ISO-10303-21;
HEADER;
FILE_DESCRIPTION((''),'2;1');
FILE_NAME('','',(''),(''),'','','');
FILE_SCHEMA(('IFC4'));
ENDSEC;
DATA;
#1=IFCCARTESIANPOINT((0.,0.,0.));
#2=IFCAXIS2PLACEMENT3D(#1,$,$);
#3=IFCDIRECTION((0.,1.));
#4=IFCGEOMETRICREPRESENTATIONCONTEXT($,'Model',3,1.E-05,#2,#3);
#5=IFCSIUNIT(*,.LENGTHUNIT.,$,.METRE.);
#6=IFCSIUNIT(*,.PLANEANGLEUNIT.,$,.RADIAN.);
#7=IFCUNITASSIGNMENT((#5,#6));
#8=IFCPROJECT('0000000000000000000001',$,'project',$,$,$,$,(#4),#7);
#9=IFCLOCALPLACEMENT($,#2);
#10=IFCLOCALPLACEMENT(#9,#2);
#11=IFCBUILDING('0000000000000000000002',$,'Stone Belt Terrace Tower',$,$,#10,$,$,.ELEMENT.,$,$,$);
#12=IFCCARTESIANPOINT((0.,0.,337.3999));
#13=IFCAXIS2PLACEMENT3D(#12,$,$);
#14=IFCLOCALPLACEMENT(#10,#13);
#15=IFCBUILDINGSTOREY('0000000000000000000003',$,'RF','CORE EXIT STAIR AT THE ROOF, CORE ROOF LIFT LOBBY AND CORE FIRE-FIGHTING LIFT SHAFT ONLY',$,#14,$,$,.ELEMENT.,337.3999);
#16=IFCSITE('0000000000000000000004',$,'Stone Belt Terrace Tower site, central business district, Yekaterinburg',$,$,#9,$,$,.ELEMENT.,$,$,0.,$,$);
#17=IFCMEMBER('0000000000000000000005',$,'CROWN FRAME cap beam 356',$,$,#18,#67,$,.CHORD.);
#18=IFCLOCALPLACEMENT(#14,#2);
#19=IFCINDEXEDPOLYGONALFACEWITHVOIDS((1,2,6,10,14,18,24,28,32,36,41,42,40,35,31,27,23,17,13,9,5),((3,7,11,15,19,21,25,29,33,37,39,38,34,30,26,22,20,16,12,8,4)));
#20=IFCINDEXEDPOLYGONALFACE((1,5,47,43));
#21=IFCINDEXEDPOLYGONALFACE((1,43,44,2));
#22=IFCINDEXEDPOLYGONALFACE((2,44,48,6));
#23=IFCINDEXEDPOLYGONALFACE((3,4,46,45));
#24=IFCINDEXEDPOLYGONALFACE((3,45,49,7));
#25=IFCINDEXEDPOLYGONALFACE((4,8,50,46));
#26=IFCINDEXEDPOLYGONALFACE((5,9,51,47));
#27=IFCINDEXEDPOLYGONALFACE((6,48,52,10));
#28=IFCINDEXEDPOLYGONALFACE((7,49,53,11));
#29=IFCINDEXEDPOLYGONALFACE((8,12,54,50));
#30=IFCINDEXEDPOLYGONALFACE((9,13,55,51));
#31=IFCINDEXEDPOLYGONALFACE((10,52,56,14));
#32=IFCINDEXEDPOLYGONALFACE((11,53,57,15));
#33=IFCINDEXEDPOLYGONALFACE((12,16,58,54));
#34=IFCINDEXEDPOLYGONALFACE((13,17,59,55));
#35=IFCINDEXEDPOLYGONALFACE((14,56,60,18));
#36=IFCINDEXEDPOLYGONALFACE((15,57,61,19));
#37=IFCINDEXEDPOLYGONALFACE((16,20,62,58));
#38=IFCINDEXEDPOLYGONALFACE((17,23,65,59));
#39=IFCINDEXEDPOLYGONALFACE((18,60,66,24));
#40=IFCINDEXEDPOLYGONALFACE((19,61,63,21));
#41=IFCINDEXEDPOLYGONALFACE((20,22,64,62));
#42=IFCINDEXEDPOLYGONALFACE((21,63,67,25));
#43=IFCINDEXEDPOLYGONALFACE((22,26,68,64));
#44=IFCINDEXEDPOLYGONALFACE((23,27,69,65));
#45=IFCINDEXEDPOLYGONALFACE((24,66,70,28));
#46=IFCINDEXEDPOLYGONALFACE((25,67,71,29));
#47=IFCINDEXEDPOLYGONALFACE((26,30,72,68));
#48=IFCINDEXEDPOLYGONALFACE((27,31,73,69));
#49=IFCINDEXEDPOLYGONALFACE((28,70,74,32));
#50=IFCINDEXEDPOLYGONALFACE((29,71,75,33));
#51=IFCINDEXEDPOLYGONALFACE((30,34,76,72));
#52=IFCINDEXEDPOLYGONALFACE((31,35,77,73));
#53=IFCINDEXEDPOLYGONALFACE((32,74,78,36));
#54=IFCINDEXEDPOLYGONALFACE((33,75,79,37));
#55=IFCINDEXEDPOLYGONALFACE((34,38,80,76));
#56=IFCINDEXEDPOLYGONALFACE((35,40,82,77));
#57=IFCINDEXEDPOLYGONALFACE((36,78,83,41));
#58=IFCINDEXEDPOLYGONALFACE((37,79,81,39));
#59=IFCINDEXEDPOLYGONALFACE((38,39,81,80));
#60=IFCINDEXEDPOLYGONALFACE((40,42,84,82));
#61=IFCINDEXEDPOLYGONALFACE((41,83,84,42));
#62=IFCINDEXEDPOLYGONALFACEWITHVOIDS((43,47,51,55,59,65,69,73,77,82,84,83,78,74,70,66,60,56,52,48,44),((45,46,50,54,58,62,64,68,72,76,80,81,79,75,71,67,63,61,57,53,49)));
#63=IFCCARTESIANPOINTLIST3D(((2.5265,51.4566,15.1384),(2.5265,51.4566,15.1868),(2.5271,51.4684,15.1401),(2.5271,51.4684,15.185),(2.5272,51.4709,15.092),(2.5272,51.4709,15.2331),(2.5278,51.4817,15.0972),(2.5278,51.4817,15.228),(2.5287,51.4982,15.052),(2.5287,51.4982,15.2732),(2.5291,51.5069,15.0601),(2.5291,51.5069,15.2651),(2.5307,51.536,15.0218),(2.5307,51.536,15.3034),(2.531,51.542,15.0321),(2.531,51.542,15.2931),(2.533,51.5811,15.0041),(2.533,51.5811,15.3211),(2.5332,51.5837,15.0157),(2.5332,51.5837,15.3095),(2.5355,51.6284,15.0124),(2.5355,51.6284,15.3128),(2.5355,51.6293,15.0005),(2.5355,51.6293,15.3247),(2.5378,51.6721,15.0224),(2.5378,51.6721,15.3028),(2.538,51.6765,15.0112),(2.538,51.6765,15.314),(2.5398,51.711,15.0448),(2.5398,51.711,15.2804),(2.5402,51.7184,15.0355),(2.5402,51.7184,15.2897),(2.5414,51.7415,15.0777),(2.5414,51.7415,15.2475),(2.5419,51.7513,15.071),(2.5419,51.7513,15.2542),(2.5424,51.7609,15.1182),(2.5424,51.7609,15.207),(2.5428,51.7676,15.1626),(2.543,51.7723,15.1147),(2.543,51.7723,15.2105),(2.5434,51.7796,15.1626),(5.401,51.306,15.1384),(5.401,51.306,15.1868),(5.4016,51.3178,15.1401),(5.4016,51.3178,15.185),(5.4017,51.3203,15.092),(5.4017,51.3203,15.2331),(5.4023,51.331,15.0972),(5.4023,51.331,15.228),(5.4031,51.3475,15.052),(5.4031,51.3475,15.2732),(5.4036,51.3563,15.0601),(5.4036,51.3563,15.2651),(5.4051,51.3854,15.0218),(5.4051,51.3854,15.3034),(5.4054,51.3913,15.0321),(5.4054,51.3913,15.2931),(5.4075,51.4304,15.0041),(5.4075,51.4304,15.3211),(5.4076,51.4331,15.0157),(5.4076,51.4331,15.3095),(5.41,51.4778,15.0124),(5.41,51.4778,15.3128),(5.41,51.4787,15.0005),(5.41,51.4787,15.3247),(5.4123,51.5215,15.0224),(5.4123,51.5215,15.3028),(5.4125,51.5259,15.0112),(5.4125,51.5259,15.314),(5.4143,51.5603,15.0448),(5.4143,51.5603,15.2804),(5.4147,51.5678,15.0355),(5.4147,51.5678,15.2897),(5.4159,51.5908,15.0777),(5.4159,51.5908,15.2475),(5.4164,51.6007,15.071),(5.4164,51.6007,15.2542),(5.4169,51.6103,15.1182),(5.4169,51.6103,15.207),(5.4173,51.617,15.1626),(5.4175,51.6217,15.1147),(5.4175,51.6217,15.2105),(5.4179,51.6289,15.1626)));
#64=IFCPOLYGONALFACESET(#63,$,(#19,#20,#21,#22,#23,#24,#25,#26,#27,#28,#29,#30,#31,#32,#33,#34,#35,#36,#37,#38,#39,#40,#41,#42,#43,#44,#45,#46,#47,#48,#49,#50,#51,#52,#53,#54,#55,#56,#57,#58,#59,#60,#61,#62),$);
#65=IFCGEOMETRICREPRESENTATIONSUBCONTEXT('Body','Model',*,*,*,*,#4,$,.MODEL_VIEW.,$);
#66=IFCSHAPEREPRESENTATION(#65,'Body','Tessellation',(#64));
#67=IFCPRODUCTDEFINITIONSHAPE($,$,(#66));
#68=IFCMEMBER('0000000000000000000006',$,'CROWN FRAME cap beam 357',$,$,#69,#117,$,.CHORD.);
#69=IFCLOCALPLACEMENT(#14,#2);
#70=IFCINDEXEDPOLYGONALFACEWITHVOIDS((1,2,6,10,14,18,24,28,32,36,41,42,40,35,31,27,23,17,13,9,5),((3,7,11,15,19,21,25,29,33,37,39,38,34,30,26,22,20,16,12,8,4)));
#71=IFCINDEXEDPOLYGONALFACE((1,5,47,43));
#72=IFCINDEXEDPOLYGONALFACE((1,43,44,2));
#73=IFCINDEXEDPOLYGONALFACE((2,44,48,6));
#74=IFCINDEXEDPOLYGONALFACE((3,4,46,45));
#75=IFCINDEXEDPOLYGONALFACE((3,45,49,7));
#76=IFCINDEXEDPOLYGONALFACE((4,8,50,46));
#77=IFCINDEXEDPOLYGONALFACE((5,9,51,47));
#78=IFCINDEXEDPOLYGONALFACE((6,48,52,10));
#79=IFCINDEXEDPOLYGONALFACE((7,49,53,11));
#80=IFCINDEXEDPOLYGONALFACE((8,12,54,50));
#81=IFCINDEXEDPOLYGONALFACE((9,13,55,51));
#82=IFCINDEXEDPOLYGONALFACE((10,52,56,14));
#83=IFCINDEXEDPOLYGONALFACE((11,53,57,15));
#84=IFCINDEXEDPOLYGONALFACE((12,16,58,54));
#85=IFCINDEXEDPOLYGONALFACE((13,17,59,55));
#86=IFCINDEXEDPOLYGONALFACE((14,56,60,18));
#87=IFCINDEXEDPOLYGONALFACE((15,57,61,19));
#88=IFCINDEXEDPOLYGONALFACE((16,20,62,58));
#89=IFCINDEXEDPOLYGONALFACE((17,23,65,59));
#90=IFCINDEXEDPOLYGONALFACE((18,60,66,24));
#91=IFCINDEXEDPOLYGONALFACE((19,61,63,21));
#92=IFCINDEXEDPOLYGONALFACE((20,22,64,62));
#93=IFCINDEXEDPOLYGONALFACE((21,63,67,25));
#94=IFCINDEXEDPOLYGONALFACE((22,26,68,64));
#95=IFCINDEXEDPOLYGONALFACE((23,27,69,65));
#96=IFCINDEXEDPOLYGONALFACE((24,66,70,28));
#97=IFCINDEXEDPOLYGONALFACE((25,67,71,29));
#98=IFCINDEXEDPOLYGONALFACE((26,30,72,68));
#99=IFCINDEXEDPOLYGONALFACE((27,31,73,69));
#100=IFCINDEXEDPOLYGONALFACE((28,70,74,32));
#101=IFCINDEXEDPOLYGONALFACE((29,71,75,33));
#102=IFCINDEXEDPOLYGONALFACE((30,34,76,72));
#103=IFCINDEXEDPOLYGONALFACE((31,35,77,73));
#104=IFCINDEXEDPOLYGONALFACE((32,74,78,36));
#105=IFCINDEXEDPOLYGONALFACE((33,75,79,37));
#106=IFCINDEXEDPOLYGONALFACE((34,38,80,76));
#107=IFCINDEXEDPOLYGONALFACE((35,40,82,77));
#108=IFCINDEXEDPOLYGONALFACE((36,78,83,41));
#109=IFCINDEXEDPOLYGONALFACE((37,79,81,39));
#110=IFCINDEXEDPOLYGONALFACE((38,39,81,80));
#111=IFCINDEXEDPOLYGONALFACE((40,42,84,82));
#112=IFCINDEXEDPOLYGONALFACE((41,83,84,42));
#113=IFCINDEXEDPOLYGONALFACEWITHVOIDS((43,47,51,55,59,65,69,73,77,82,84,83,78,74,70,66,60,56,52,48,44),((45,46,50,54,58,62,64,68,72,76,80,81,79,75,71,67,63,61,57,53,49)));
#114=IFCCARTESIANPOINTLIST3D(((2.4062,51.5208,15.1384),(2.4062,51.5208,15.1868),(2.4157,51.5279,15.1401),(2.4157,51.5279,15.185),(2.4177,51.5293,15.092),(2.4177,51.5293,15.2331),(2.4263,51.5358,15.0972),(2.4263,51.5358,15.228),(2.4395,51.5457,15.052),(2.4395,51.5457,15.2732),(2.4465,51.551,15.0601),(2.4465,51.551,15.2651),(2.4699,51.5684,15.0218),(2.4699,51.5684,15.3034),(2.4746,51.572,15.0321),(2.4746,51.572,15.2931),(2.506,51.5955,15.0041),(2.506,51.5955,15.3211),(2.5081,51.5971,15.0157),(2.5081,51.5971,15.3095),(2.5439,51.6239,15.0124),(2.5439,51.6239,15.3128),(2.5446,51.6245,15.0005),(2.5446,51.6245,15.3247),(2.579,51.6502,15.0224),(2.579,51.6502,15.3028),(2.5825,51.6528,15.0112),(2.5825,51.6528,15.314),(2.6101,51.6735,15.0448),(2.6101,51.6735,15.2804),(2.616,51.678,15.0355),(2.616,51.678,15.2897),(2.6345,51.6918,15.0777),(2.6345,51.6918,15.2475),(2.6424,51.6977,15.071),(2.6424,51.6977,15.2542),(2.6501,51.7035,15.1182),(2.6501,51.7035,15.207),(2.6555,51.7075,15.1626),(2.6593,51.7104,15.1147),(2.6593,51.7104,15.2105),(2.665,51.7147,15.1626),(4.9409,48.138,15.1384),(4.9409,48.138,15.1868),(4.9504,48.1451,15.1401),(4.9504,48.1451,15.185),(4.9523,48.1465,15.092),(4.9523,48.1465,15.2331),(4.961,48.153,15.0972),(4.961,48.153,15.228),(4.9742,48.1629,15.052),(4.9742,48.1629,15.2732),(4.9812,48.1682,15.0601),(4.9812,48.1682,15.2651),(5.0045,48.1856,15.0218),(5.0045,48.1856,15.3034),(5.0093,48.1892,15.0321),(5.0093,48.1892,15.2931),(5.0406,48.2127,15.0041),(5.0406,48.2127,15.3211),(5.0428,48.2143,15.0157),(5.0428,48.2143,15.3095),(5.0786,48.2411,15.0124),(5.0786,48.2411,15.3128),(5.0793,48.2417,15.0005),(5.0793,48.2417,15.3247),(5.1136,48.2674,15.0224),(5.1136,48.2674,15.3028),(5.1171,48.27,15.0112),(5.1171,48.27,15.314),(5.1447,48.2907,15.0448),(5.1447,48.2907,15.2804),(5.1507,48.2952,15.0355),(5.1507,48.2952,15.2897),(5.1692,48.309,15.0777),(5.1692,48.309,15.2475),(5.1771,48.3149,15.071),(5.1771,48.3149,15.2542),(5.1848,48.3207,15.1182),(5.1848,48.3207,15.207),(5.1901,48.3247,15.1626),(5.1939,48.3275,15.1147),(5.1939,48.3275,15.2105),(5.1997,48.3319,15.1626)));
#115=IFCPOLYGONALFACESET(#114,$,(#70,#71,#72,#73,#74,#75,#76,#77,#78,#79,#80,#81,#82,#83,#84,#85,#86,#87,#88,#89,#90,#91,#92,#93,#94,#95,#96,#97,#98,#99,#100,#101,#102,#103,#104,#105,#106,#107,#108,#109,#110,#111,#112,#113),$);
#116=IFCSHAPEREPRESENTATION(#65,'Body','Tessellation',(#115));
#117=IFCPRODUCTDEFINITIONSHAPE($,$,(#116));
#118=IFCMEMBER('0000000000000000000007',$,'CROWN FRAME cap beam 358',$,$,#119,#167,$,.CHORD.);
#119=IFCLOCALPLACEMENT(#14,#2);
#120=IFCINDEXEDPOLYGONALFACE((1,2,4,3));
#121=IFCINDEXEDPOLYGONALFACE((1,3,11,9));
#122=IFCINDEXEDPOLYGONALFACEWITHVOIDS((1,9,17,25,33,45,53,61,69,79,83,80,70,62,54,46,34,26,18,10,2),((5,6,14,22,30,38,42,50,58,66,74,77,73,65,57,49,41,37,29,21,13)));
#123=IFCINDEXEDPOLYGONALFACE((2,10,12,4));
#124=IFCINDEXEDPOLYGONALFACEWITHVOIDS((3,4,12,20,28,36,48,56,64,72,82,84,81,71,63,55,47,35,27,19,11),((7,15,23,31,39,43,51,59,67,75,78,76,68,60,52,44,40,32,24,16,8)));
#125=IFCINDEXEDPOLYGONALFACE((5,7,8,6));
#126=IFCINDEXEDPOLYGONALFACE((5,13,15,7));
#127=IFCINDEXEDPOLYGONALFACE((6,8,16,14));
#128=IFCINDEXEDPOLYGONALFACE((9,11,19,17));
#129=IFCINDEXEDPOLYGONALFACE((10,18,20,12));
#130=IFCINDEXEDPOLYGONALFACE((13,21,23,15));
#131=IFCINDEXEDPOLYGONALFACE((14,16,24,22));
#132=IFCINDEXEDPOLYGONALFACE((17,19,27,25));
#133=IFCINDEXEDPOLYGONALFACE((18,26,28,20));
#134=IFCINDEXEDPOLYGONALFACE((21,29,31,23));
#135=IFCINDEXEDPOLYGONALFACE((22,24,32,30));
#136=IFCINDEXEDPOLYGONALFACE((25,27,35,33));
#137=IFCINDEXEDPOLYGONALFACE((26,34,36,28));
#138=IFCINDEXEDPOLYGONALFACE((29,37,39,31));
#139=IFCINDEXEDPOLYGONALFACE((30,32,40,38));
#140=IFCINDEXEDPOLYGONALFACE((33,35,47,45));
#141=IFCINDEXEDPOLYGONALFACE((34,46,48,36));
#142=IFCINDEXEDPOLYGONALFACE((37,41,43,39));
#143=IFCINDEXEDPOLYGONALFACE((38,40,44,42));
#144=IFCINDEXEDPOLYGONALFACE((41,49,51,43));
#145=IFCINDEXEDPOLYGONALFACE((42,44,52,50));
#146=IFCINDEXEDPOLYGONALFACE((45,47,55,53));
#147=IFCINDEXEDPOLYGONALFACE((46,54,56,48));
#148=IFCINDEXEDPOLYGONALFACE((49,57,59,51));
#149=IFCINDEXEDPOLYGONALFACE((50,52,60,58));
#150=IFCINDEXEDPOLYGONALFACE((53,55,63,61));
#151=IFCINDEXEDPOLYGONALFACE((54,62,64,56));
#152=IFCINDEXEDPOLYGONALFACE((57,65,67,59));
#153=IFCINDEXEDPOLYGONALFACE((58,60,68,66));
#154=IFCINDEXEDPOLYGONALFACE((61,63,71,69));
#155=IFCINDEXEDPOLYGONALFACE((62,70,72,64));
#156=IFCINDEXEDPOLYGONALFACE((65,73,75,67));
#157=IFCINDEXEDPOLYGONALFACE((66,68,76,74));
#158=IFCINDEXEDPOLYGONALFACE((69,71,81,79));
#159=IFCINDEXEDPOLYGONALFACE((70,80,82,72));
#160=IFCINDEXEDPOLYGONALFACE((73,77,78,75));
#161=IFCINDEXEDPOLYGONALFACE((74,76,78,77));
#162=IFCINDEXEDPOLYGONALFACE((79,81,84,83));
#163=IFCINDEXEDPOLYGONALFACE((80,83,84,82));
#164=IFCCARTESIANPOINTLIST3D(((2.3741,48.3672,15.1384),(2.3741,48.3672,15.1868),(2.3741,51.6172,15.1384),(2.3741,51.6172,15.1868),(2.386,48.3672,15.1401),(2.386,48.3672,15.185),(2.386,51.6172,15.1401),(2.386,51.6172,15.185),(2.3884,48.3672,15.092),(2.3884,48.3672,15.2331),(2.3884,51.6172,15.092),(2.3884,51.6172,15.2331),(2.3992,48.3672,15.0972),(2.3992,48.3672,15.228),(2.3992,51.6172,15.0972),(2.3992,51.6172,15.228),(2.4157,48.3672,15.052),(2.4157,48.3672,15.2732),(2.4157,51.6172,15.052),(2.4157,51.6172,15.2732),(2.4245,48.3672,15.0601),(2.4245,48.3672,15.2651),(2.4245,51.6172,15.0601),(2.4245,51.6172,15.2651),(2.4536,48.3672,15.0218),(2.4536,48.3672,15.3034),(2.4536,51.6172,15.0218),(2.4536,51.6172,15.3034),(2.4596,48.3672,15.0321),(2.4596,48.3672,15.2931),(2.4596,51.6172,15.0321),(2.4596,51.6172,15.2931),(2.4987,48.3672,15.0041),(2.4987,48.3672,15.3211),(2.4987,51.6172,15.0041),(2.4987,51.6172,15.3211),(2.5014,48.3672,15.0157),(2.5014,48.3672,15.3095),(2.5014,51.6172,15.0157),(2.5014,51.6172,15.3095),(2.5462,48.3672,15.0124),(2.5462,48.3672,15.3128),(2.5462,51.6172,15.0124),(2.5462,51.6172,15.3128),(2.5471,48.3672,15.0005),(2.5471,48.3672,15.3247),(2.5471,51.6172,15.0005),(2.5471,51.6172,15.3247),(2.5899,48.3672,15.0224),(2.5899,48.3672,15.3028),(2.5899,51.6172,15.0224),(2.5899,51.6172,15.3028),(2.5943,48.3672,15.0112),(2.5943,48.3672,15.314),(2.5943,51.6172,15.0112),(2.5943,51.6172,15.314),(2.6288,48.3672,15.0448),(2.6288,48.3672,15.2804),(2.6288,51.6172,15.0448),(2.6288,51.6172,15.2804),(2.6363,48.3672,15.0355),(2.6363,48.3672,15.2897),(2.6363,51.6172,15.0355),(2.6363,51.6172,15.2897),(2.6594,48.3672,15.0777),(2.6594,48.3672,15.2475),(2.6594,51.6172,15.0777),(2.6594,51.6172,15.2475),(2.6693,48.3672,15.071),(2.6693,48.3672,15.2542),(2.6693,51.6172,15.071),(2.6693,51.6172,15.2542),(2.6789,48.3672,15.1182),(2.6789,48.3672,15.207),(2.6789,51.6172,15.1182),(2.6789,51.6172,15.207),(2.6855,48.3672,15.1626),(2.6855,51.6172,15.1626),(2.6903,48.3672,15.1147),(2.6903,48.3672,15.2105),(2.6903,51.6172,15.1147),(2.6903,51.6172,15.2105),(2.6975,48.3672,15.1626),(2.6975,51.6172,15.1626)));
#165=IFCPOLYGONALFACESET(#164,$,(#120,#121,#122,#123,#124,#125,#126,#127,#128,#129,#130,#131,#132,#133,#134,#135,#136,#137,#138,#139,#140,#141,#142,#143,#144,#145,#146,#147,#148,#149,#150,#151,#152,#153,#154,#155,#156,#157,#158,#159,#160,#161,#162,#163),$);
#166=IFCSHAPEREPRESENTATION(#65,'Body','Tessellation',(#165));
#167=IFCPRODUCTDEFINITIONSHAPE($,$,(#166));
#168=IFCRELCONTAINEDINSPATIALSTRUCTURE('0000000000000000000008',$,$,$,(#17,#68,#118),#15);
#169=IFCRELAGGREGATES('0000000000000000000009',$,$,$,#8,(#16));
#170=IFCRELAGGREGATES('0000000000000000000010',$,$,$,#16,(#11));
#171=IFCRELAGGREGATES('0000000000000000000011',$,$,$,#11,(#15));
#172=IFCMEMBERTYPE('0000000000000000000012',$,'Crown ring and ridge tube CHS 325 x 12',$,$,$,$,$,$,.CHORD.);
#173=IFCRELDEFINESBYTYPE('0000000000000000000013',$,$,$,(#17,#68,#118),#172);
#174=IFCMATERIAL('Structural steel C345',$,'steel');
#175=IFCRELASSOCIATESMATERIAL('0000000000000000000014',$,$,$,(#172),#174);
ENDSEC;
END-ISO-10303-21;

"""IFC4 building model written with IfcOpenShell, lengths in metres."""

from ifc_helpers import new_model, si_unit, direction, frame, origin, origin_2d, place, context, subcontext, project, spatial, hollow_circle, extrude, material, material_profile, profile_set, type_object, element, save


model = new_model("IFC4")

# Units and contexts
model_context = context("Model", 3, precision=1e-05, world=origin(), true_north=direction((0.0, 1.0)))
body_context = subcontext(model_context, "Body", "Model", "MODEL_VIEW")
ifc_project = project(units=[si_unit("LENGTHUNIT", "METRE"), si_unit("PLANEANGLEUNIT", "RADIAN")], contexts=[model_context])

# Site, building, storey
site_placement = place(None, origin())
site = spatial("IfcSite", under=ifc_project, at=site_placement, Name="Stone Belt Terrace Tower site, central business district, Yekaterinburg", CompositionType="ELEMENT", RefElevation=0.0)
building_placement = place(site_placement, origin())
building = spatial("IfcBuilding", under=site, at=building_placement, Name="Stone Belt Terrace Tower", CompositionType="ELEMENT")
storey_placement = place(building_placement, frame((0.0, 0.0, 337.3999)))
storey = spatial("IfcBuildingStorey", under=building, at=storey_placement, Name="RF", Description="CORE EXIT STAIR AT THE ROOF, CORE ROOF LIFT LOBBY AND CORE FIRE-FIGHTING LIFT SHAFT ONLY", CompositionType="ELEMENT", Elevation=337.3999)

# Members
ifc_material_1 = material(Name="Structural steel C345", Category="steel")
ifc_material_profile_1 = material_profile(ifc_material_1, hollow_circle(Radius=0.1626, WallThickness=0.012, at=origin_2d()), Name="Structural steel C345 CHS 325x12")
ifc_profile_set_1 = profile_set([ifc_material_profile_1], Name="Structural steel C345")
member_type_1 = type_object("IfcMemberType", Name="Crown ring and ridge tube CHS 325 x 12", PredefinedType="CHORD", material=ifc_profile_set_1)
member_1_placement = place(storey_placement, frame((2.5349, 51.6172, 15.1626), z_axis=(0.99863, -0.052332, 0.0), x_axis=(0.052332, 0.99863, 0.0)))
element("IfcMember", 1, at=member_1_placement, inside=storey, type_object=member_type_1, Name="CROWN FRAME cap beam 356", PredefinedType="CHORD", context=body_context, shape_type="SweptSolid", body=[
    extrude(hollow_circle(Radius=0.1626, WallThickness=0.012, at=origin_2d()), origin(), (0.0, 0.0, 1.0), 2.8784),
])
member_2_placement = place(storey_placement, frame((2.5349, 51.6172, 15.1626), z_axis=(0.59963, -0.800277, 0.0), x_axis=(0.800277, 0.59963, 0.0)))
element("IfcMember", 2, at=member_2_placement, inside=storey, type_object=member_type_1, Name="CROWN FRAME cap beam 357", PredefinedType="CHORD", context=body_context, shape_type="SweptSolid", body=[
    extrude(hollow_circle(Radius=0.1626, WallThickness=0.012, at=origin_2d()), origin(), (0.0, 0.0, 1.0), 4.2271),
])
for number, where, z_axis, x_axis, name in (
    (3, (2.5349, 51.6172, 15.1626), (0.0, -1.0, 0.0), (1.0, 0.0, 0.0), "CROWN FRAME cap beam 358"),
):
    element("IfcMember", number, at=place(storey_placement, frame(where, z_axis=z_axis, x_axis=x_axis)), inside=storey, type_object=member_type_1, Name=name, PredefinedType="CHORD", context=body_context, shape_type="SweptSolid", body=[
        extrude(hollow_circle(Radius=0.1626, WallThickness=0.012, at=origin_2d()), origin(), (0.0, 0.0, 1.0), 3.25),
    ])

save(model, "model.ifc")
